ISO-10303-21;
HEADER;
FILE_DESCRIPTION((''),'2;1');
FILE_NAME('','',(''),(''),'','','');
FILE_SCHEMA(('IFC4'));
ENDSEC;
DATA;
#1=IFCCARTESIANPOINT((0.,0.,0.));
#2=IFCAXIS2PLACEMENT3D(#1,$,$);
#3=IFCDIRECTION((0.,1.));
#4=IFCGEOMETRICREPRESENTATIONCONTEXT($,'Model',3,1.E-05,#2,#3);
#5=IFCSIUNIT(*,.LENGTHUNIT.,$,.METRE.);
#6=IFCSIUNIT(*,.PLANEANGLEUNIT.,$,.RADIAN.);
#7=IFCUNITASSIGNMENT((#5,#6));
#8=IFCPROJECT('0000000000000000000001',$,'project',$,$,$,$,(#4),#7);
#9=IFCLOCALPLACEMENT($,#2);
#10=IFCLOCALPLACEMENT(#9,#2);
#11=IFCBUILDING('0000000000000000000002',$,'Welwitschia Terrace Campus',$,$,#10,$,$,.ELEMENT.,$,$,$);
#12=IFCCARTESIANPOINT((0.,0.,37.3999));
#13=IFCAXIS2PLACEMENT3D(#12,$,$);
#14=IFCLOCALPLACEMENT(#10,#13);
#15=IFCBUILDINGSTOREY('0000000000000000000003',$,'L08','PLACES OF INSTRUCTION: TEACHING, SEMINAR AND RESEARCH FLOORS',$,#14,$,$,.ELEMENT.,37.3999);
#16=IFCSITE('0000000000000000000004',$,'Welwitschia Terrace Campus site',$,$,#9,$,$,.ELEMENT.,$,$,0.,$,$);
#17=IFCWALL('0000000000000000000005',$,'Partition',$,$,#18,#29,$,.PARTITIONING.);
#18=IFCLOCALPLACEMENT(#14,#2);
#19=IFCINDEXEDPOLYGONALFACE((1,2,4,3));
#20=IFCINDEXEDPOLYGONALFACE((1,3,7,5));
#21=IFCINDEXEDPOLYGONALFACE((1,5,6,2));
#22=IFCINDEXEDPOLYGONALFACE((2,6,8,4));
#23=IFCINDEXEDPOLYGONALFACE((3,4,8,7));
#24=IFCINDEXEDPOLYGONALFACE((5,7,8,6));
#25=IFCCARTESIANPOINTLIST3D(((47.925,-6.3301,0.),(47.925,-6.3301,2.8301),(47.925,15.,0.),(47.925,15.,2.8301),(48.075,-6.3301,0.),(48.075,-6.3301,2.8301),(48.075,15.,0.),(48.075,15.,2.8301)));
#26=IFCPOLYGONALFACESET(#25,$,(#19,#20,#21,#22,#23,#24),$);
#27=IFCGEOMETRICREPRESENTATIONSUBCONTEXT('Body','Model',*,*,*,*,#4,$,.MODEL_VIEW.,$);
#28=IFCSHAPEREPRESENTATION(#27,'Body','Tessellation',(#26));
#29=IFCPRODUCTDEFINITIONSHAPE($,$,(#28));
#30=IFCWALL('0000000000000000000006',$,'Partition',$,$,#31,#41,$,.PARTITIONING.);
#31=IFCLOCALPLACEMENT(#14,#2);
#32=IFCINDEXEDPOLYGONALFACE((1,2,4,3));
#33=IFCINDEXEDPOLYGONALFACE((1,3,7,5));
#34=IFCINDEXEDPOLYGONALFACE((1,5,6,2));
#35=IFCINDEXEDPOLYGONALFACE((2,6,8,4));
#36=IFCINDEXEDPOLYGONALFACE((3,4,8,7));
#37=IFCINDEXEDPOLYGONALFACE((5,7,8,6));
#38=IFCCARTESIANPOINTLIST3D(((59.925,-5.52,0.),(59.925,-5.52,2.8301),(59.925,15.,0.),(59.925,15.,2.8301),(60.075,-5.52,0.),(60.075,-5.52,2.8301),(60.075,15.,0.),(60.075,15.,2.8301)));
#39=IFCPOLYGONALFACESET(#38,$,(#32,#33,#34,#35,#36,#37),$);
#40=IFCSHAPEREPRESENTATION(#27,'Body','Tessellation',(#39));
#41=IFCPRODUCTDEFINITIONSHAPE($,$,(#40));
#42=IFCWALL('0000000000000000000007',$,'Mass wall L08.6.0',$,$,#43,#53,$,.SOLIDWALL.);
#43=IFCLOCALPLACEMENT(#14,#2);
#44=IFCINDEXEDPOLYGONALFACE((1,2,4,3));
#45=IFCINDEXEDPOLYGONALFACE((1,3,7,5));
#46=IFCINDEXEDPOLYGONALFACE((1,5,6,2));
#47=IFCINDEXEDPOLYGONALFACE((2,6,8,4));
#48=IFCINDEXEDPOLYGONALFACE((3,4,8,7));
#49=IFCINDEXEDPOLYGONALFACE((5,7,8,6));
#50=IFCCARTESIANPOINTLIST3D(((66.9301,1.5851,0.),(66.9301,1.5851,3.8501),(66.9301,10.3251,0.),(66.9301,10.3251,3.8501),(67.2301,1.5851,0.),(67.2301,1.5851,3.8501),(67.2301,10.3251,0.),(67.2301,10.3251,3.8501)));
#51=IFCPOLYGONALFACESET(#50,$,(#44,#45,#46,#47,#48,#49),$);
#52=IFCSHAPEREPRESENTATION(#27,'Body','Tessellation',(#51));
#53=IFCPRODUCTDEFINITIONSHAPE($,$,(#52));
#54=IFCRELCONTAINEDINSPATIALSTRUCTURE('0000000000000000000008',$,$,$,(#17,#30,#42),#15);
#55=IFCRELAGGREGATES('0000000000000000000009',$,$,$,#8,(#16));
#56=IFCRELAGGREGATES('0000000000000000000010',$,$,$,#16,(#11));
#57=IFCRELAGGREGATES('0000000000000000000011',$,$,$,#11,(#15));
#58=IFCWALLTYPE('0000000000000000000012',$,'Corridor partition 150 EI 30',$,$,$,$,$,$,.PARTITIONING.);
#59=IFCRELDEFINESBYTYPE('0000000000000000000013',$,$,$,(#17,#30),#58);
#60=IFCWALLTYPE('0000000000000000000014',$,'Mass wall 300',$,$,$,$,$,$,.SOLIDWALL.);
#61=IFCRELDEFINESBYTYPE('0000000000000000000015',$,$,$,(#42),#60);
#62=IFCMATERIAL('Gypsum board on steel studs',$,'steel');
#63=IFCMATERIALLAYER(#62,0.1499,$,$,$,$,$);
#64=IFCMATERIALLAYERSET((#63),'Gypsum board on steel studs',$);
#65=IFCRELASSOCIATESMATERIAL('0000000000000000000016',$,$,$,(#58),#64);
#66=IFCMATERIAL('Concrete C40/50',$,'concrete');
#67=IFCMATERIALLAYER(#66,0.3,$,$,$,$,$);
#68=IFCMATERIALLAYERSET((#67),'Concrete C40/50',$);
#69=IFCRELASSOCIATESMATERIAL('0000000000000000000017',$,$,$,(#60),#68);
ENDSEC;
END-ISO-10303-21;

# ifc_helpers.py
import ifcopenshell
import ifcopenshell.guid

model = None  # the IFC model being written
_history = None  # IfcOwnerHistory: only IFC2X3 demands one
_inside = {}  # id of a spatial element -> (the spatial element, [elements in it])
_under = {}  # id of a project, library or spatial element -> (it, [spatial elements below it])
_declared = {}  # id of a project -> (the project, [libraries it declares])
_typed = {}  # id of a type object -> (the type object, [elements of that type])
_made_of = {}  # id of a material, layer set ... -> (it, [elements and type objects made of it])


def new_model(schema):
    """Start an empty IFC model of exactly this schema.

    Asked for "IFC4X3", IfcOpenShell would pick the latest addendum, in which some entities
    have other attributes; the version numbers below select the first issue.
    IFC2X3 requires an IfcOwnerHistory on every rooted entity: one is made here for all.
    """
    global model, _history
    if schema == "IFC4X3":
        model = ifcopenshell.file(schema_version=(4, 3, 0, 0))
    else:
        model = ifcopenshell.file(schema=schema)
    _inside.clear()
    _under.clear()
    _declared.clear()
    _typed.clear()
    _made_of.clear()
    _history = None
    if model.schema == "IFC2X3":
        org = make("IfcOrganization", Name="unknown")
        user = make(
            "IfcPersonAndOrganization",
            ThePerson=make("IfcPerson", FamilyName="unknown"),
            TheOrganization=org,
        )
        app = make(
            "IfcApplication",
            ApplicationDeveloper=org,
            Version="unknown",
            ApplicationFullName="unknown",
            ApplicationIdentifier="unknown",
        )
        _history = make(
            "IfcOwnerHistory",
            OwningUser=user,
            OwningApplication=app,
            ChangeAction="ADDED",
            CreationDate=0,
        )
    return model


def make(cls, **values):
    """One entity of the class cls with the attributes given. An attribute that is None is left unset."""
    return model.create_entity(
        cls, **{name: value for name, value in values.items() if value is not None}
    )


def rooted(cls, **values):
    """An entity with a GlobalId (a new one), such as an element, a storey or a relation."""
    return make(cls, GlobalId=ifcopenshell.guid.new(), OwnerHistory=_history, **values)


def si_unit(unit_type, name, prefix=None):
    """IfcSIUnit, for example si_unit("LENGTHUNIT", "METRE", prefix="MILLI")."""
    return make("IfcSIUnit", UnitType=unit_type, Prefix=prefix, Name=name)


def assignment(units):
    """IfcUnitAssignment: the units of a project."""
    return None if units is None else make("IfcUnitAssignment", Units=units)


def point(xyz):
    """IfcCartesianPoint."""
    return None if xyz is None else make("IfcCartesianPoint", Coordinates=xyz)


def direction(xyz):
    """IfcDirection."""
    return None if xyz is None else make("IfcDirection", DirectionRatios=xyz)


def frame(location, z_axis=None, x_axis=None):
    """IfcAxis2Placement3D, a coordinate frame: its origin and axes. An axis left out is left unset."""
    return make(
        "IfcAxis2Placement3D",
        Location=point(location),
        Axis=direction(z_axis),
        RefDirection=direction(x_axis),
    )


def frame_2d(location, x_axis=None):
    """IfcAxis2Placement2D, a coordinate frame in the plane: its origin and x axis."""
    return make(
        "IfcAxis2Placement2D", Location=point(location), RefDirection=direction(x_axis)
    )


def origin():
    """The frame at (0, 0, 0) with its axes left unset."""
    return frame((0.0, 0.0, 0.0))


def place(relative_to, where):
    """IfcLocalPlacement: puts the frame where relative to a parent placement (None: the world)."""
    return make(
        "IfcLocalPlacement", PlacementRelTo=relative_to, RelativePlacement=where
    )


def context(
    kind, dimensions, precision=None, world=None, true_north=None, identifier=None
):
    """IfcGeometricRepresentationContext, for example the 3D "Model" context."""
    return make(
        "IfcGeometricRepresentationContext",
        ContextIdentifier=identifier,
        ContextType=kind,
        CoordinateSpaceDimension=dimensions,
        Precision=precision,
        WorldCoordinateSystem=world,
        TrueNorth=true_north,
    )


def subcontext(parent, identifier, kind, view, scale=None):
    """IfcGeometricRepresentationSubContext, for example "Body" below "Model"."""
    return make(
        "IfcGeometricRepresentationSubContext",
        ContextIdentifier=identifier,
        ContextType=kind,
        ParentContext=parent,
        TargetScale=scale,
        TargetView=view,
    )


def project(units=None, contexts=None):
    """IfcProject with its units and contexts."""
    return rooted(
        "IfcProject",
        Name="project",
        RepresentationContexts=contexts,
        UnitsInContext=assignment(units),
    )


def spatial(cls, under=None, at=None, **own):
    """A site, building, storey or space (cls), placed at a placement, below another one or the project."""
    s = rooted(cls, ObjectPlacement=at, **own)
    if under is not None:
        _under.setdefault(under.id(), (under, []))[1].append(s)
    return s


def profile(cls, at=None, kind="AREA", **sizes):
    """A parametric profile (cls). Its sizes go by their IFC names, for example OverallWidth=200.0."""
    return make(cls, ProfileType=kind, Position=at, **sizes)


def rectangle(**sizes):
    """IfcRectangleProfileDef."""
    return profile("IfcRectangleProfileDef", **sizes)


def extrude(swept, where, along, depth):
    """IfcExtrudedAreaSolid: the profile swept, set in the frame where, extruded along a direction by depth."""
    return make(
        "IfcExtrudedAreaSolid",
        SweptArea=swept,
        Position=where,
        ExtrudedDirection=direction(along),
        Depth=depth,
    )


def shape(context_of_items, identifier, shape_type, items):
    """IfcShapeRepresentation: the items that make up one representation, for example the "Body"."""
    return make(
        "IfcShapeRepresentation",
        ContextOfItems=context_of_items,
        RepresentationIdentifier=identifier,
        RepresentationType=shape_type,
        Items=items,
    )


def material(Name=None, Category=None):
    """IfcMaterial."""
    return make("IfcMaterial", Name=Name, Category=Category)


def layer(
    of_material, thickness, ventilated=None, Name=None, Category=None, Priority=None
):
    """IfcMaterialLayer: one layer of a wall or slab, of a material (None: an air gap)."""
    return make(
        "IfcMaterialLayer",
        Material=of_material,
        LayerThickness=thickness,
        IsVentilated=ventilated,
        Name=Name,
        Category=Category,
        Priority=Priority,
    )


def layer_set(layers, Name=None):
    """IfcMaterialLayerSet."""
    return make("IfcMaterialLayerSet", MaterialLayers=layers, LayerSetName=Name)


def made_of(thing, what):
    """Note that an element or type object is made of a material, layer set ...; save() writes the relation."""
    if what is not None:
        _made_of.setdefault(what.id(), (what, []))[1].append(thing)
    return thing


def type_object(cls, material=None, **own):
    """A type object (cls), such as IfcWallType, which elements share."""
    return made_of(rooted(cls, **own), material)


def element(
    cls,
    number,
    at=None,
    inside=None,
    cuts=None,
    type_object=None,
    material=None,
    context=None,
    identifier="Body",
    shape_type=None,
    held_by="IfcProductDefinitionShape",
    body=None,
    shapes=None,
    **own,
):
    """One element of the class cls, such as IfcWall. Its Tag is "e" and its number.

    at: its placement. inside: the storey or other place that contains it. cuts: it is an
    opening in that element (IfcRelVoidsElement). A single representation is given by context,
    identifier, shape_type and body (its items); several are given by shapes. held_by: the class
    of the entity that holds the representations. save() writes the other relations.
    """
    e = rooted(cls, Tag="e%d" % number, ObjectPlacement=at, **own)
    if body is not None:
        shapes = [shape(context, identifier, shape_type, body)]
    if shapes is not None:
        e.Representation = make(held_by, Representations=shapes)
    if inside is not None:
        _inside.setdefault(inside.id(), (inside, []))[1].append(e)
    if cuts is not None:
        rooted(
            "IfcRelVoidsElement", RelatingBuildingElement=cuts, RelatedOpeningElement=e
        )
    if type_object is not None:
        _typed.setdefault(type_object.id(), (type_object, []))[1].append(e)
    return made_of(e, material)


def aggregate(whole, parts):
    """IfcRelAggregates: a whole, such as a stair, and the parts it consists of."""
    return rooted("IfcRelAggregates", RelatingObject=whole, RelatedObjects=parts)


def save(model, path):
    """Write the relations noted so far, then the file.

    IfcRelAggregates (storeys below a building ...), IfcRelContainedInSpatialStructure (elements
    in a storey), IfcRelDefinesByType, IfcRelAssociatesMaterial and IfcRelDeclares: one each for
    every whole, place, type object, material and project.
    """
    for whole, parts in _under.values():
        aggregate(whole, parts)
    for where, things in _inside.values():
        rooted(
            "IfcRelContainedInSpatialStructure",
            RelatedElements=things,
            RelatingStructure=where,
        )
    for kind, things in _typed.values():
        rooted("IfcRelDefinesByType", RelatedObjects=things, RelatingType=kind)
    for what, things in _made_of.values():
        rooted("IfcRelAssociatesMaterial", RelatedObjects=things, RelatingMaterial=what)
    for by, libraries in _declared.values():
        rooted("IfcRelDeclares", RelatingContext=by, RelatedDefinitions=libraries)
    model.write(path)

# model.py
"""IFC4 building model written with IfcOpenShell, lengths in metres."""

from ifc_helpers import new_model, si_unit, direction, frame, frame_2d, origin, place, context, subcontext, project, spatial, rectangle, extrude, material, layer, layer_set, type_object, element, save


model = new_model("IFC4")

# Units and contexts
model_context = context("Model", 3, precision=1e-05, world=origin(), true_north=direction((0.0, 1.0)))
body_context = subcontext(model_context, "Body", "Model", "MODEL_VIEW")
ifc_project = project(units=[si_unit("LENGTHUNIT", "METRE"), si_unit("PLANEANGLEUNIT", "RADIAN")], contexts=[model_context])

# Site, building, storey
site_placement = place(None, origin())
site = spatial("IfcSite", under=ifc_project, at=site_placement, Name="Welwitschia Terrace Campus site", CompositionType="ELEMENT", RefElevation=0.0)
building_placement = place(site_placement, origin())
building = spatial("IfcBuilding", under=site, at=building_placement, Name="Welwitschia Terrace Campus", CompositionType="ELEMENT")
storey_placement = place(building_placement, frame((0.0, 0.0, 37.3999)))
storey = spatial("IfcBuildingStorey", under=building, at=storey_placement, Name="L08", Description="PLACES OF INSTRUCTION: TEACHING, SEMINAR AND RESEARCH FLOORS", CompositionType="ELEMENT", Elevation=37.3999)

# Walls
ifc_material_1 = material(Name="Gypsum board on steel studs", Category="steel")
ifc_layer_1 = layer(ifc_material_1, 0.1499)
ifc_layer_set_1 = layer_set([ifc_layer_1], Name="Gypsum board on steel studs")
wall_type_1 = type_object("IfcWallType", Name="Corridor partition 150 EI 30", PredefinedType="PARTITIONING", material=ifc_layer_set_1)
wall_1_placement = place(storey_placement, frame((48.0, -6.3301, 0.0), z_axis=(0.0, 0.0, 1.0), x_axis=(0.0, 1.0, 0.0)))
element("IfcWall", 1, at=wall_1_placement, inside=storey, type_object=wall_type_1, Name="Partition", PredefinedType="PARTITIONING", context=body_context, shape_type="SweptSolid", body=[
    extrude(rectangle(XDim=21.3301, YDim=0.1499, at=frame_2d((10.665, 0.0))), origin(), (0.0, 0.0, 1.0), 2.8301),
])
wall_2_placement = place(storey_placement, frame((60.0, -5.52, 0.0), z_axis=(0.0, 0.0, 1.0), x_axis=(0.0, 1.0, 0.0)))
element("IfcWall", 2, at=wall_2_placement, inside=storey, type_object=wall_type_1, Name="Partition", PredefinedType="PARTITIONING", context=body_context, shape_type="SweptSolid", body=[
    extrude(rectangle(XDim=20.52, YDim=0.1499, at=frame_2d((10.26, 0.0))), origin(), (0.0, 0.0, 1.0), 2.8301),
])
ifc_material_2 = material(Name="Concrete C40/50", Category="concrete")
ifc_layer_2 = layer(ifc_material_2, 0.3)
ifc_layer_set_2 = layer_set([ifc_layer_2], Name="Concrete C40/50")
wall_type_2 = type_object("IfcWallType", Name="Mass wall 300", PredefinedType="SOLIDWALL", material=ifc_layer_set_2)
wall_3_placement = place(storey_placement, frame((67.0801, 1.585, 0.0), z_axis=(0.0, 0.0, 1.0), x_axis=(0.0, 1.0, 0.0)))
element("IfcWall", 3, at=wall_3_placement, inside=storey, type_object=wall_type_2, Name="Mass wall L08.6.0", PredefinedType="SOLIDWALL", context=body_context, shape_type="SweptSolid", body=[
    extrude(rectangle(XDim=8.74, YDim=0.3, at=frame_2d((4.3701, 0.0))), origin(), (0.0, 0.0, 1.0), 3.8501),
])

save(model, "model.ifc")
